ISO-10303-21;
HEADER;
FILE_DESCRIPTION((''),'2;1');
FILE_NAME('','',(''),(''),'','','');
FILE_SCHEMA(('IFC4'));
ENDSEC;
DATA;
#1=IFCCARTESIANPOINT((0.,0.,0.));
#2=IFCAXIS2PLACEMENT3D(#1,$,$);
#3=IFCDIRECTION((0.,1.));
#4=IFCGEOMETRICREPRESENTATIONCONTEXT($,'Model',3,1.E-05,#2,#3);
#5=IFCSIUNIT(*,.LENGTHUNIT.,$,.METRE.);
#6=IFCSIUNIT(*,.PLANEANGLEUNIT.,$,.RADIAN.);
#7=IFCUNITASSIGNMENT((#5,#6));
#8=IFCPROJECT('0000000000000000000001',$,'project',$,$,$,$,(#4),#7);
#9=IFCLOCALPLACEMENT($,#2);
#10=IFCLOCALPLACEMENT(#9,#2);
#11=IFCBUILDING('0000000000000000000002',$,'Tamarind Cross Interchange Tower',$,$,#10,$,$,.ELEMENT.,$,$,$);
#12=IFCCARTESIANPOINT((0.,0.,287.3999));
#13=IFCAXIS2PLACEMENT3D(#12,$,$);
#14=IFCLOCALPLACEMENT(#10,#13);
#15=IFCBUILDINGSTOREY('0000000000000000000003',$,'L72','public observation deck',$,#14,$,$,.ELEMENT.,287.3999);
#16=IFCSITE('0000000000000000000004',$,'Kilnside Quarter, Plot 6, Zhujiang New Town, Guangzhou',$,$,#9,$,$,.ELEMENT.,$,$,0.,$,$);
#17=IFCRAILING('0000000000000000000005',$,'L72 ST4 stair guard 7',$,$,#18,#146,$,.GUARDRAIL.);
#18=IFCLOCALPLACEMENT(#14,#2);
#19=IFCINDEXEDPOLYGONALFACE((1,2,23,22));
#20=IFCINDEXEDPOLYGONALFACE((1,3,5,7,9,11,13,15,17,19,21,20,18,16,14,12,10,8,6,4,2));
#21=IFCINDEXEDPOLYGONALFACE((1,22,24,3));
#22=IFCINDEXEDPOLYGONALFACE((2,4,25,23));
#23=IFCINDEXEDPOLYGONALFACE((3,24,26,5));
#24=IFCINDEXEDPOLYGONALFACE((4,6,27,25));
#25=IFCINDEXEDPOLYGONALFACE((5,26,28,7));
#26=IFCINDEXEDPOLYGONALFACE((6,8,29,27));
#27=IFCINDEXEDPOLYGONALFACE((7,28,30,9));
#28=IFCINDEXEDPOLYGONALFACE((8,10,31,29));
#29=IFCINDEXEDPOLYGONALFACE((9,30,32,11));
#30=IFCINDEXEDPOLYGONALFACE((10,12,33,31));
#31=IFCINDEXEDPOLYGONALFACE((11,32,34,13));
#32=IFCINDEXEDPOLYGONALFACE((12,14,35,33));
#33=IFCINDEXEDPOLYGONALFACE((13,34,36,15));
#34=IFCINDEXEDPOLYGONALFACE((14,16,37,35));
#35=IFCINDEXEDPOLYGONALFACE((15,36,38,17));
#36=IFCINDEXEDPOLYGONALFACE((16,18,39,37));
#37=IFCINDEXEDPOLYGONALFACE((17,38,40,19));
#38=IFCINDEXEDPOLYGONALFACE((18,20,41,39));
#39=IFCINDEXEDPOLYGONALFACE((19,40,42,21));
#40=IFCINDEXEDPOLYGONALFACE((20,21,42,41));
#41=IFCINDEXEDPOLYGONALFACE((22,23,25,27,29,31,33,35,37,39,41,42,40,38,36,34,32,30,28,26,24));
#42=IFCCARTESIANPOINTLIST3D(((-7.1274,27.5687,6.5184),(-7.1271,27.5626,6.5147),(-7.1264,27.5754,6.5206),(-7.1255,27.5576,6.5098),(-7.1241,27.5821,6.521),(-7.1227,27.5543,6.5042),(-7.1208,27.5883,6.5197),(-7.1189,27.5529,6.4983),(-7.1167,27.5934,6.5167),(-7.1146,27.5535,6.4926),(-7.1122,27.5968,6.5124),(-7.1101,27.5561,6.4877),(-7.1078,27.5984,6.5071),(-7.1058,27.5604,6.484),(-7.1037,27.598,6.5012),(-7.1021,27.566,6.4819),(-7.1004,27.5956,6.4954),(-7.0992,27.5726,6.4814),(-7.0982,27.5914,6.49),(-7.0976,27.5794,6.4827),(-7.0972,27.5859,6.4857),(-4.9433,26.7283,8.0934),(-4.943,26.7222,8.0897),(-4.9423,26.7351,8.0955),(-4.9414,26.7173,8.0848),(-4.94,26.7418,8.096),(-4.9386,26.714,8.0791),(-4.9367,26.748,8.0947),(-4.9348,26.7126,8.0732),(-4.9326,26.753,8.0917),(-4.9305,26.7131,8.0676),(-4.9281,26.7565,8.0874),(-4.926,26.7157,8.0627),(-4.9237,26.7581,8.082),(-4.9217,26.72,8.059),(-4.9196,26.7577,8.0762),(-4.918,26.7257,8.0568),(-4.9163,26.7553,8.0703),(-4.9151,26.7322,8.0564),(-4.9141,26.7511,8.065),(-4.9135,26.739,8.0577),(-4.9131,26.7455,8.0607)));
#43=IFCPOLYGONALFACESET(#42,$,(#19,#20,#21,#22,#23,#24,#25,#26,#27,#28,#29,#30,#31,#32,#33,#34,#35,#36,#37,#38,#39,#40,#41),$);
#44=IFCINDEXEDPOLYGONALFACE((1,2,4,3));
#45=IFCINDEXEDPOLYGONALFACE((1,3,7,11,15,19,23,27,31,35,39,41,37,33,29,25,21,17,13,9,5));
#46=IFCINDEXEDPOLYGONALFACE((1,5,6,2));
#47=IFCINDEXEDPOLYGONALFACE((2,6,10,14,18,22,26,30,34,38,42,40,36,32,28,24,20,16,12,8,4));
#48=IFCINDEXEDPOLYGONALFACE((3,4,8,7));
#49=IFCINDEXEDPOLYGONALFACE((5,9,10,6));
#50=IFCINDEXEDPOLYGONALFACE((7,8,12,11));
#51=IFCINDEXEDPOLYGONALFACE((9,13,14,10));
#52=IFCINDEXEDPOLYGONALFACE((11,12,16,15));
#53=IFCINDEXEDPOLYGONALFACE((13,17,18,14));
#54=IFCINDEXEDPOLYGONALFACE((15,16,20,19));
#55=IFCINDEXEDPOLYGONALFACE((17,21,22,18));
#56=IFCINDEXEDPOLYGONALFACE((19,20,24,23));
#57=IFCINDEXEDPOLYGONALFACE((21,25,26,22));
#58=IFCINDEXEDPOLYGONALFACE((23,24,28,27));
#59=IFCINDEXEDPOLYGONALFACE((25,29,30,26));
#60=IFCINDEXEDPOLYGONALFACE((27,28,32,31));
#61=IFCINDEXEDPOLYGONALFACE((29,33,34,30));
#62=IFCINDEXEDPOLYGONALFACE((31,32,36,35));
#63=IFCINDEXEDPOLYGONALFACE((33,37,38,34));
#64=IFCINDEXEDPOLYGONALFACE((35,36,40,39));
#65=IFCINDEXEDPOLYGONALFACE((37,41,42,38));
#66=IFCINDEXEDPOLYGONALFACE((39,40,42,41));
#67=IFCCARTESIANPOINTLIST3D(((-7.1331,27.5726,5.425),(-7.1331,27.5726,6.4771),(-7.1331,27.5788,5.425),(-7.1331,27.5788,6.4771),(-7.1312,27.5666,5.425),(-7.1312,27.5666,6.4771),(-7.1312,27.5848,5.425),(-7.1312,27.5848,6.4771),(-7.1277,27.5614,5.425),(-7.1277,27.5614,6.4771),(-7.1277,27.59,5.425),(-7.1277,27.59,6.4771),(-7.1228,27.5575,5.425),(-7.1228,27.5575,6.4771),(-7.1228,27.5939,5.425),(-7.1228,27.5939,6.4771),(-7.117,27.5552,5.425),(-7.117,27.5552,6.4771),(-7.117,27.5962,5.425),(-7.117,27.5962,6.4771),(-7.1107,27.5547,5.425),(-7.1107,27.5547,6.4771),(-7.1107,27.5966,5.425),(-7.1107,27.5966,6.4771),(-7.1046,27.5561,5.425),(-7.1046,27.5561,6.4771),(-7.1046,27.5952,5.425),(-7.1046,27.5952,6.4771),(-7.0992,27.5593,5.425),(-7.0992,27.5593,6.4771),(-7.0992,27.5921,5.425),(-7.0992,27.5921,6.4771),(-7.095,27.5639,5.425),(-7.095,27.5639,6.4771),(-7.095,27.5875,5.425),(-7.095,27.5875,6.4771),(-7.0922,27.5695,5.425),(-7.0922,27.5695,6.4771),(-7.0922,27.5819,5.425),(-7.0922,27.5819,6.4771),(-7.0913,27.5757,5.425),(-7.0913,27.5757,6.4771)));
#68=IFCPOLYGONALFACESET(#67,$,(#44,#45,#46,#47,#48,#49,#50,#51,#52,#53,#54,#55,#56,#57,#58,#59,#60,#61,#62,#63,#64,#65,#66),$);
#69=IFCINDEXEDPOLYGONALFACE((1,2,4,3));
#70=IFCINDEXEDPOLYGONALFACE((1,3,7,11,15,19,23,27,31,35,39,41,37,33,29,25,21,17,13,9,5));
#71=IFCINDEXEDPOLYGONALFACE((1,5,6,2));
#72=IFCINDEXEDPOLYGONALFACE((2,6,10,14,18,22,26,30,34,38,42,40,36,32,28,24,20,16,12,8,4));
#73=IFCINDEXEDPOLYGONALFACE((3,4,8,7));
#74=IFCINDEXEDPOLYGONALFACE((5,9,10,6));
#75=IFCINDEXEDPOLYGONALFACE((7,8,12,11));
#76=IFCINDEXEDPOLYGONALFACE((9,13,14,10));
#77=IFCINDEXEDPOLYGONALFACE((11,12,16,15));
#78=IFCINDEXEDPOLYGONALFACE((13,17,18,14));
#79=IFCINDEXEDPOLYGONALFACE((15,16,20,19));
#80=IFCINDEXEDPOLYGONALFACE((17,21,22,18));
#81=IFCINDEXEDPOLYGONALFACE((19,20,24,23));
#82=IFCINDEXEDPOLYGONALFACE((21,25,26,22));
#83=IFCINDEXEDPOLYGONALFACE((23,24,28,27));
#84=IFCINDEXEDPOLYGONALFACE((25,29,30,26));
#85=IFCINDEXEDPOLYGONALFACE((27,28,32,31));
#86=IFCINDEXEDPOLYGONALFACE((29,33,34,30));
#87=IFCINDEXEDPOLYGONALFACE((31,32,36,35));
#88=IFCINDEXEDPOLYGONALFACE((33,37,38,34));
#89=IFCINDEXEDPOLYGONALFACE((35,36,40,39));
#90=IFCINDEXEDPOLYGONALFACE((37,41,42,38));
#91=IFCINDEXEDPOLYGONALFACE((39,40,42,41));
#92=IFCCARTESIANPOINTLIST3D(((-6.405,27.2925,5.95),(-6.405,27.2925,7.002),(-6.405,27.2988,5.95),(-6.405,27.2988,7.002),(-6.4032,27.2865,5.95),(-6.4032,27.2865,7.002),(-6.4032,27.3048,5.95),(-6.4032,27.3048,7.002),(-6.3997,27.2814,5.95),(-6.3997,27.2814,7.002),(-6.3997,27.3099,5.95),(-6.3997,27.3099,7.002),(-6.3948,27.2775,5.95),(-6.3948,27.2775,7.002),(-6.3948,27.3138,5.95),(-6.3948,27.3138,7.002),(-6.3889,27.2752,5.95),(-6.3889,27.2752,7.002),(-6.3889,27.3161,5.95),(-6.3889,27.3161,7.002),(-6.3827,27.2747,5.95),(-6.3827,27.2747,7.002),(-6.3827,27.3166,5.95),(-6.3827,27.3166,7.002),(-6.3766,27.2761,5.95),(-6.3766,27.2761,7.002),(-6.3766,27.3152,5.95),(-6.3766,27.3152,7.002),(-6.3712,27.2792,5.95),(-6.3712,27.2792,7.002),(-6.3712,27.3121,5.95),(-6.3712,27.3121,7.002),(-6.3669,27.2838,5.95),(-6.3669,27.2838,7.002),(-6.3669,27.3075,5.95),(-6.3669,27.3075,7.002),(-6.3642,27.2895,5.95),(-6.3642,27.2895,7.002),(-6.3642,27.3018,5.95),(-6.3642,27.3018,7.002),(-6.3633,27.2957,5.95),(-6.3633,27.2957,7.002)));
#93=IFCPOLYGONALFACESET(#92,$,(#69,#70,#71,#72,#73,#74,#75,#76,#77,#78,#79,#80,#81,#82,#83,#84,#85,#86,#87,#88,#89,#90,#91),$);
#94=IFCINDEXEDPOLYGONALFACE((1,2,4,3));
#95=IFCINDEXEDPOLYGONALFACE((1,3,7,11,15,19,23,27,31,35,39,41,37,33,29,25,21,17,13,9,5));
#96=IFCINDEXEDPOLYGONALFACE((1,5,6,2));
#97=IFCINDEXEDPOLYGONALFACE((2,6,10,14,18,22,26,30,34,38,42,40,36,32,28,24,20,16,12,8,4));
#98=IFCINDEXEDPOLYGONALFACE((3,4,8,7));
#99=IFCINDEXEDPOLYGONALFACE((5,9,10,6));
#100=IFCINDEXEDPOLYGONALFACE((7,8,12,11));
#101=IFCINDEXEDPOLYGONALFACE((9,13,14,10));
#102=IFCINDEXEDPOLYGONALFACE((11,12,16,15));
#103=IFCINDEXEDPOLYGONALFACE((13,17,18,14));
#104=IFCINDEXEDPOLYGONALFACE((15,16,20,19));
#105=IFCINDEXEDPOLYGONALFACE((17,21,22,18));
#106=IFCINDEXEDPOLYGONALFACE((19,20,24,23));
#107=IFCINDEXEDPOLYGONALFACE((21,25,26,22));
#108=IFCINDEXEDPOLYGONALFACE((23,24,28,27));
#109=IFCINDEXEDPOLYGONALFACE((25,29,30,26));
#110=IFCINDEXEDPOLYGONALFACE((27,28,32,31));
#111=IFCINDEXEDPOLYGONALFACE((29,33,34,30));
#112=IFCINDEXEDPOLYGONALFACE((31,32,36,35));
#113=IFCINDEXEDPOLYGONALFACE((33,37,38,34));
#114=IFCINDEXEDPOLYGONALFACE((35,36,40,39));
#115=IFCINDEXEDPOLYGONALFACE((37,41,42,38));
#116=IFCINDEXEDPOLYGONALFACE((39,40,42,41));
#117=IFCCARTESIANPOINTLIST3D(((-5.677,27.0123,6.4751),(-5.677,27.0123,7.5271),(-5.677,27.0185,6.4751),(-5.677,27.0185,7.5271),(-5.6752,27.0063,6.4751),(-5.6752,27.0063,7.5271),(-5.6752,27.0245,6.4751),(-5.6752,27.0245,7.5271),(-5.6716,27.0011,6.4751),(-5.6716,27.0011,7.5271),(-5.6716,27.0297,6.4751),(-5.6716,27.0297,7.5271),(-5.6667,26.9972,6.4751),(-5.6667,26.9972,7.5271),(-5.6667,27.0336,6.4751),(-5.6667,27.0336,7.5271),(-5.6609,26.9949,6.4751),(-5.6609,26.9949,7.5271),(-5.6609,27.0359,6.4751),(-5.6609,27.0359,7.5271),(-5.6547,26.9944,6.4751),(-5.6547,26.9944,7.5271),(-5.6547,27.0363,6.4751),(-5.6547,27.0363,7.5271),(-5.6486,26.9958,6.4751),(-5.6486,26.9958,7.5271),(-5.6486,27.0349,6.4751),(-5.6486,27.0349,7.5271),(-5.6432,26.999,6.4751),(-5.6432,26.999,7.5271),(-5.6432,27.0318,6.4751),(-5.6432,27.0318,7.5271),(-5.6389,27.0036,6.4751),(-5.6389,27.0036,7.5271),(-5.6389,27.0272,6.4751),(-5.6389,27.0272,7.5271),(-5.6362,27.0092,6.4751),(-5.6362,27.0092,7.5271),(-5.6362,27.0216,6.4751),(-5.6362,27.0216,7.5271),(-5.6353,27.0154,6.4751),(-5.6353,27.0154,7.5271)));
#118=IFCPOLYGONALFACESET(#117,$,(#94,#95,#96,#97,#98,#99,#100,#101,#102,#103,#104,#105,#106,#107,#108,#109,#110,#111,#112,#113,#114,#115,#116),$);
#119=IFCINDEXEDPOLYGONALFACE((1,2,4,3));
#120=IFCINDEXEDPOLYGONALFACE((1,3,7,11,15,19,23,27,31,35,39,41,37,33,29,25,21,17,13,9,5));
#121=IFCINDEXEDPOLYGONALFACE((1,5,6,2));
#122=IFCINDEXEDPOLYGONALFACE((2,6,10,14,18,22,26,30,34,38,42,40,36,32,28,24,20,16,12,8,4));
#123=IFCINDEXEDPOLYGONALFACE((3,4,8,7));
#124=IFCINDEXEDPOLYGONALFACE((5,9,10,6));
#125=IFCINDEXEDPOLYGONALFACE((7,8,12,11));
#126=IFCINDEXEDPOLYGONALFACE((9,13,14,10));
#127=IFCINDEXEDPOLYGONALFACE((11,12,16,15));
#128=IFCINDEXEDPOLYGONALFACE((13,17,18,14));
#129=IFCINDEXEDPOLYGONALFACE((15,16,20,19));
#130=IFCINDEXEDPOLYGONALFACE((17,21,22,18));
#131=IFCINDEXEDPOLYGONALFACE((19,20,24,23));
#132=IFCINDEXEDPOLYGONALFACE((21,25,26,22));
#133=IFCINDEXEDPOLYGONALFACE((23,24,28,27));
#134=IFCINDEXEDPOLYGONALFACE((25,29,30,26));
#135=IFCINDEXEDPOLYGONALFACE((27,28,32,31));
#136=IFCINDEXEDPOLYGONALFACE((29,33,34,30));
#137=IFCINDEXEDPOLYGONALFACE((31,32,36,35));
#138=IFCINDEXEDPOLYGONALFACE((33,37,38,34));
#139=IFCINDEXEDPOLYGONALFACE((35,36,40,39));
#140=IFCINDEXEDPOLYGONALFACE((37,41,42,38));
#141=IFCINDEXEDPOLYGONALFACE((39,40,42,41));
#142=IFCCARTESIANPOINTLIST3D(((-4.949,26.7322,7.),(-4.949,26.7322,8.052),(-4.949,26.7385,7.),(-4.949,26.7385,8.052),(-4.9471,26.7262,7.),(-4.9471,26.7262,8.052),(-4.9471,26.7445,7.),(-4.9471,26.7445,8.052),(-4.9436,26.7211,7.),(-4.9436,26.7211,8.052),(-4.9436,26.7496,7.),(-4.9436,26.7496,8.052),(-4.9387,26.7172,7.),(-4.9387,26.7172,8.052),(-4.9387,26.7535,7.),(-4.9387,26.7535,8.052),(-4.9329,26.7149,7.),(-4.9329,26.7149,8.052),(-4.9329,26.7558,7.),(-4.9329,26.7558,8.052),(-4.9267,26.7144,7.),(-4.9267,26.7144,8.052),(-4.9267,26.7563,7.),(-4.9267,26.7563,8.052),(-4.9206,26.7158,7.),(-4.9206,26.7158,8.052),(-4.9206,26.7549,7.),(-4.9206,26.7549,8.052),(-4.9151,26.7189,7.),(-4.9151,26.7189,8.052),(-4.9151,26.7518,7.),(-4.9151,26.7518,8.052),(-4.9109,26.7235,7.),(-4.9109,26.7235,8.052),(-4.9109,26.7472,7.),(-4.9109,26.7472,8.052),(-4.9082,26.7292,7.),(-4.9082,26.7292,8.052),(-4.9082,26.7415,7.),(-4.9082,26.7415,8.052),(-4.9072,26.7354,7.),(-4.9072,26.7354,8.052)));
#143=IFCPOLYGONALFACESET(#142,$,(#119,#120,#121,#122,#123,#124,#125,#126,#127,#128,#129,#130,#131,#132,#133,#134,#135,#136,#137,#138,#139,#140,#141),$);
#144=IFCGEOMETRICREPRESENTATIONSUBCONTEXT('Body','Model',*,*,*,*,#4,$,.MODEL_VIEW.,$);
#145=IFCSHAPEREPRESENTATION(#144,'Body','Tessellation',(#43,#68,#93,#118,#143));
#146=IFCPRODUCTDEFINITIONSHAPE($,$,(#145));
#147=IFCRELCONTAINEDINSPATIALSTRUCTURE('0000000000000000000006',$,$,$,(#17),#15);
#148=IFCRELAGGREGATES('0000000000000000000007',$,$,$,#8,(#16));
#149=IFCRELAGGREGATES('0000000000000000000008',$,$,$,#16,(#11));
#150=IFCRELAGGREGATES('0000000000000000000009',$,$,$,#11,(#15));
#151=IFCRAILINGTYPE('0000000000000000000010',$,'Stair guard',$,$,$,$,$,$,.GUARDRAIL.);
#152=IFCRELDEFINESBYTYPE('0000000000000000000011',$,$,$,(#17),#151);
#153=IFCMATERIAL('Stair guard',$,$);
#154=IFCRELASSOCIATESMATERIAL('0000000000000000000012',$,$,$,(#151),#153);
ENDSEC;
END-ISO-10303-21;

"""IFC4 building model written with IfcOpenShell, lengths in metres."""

from ifc_helpers import new_model, si_unit, direction, frame, origin, origin_2d, place, context, subcontext, project, spatial, circle, extrude, material, type_object, element, save


model = new_model("IFC4")

# Units and contexts
model_context = context("Model", 3, precision=1e-05, world=origin(), true_north=direction((0.0, 1.0)))
body_context = subcontext(model_context, "Body", "Model", "MODEL_VIEW")
ifc_project = project(units=[si_unit("LENGTHUNIT", "METRE"), si_unit("PLANEANGLEUNIT", "RADIAN")], contexts=[model_context])

# Site, building, storey
site_placement = place(None, origin())
site = spatial("IfcSite", under=ifc_project, at=site_placement, Name="Kilnside Quarter, Plot 6, Zhujiang New Town, Guangzhou", CompositionType="ELEMENT", RefElevation=0.0)
building_placement = place(site_placement, origin())
building = spatial("IfcBuilding", under=site, at=building_placement, Name="Tamarind Cross Interchange Tower", CompositionType="ELEMENT")
storey_placement = place(building_placement, frame((0.0, 0.0, 287.3999)))
storey = spatial("IfcBuildingStorey", under=building, at=storey_placement, Name="L72", Description="public observation deck", CompositionType="ELEMENT", Elevation=287.3999)

# Railing
ifc_material_1 = material(Name="Stair guard")
railing_type_1 = type_object("IfcRailingType", Name="Stair guard", PredefinedType="GUARDRAIL", material=ifc_material_1)
railing_1_placement = place(storey_placement, frame((-7.1123, 27.5757, 5.425)))
element("IfcRailing", 1, at=railing_1_placement, inside=storey, type_object=railing_type_1, Name="L72 ST4 stair guard 7", PredefinedType="GUARDRAIL", context=body_context, shape_type="SweptSolid", body=[
    extrude(circle(Radius=0.0239, at=origin_2d()), frame((0.0, 0.0, 1.0762), z_axis=(0.774281, -0.297907, 0.558337), x_axis=(0.359091, 0.933303, 0.0)), (0.0, 0.0, 1.0), 2.8208),
    extrude(circle(Radius=0.021, at=origin_2d()), origin(), (0.0, 0.0, 1.0), 1.052),
    extrude(circle(Radius=0.021, at=origin_2d()), frame((0.728, -0.28, 0.5249)), (0.0, 0.0, 1.0), 1.052),
    extrude(circle(Radius=0.021, at=origin_2d()), frame((1.4561, -0.5603, 1.05)), (0.0, 0.0, 1.0), 1.052),
    extrude(circle(Radius=0.021, at=origin_2d()), frame((2.1841, -0.8403, 1.575)), (0.0, 0.0, 1.0), 1.052),
])

save(model, "model.ifc")
